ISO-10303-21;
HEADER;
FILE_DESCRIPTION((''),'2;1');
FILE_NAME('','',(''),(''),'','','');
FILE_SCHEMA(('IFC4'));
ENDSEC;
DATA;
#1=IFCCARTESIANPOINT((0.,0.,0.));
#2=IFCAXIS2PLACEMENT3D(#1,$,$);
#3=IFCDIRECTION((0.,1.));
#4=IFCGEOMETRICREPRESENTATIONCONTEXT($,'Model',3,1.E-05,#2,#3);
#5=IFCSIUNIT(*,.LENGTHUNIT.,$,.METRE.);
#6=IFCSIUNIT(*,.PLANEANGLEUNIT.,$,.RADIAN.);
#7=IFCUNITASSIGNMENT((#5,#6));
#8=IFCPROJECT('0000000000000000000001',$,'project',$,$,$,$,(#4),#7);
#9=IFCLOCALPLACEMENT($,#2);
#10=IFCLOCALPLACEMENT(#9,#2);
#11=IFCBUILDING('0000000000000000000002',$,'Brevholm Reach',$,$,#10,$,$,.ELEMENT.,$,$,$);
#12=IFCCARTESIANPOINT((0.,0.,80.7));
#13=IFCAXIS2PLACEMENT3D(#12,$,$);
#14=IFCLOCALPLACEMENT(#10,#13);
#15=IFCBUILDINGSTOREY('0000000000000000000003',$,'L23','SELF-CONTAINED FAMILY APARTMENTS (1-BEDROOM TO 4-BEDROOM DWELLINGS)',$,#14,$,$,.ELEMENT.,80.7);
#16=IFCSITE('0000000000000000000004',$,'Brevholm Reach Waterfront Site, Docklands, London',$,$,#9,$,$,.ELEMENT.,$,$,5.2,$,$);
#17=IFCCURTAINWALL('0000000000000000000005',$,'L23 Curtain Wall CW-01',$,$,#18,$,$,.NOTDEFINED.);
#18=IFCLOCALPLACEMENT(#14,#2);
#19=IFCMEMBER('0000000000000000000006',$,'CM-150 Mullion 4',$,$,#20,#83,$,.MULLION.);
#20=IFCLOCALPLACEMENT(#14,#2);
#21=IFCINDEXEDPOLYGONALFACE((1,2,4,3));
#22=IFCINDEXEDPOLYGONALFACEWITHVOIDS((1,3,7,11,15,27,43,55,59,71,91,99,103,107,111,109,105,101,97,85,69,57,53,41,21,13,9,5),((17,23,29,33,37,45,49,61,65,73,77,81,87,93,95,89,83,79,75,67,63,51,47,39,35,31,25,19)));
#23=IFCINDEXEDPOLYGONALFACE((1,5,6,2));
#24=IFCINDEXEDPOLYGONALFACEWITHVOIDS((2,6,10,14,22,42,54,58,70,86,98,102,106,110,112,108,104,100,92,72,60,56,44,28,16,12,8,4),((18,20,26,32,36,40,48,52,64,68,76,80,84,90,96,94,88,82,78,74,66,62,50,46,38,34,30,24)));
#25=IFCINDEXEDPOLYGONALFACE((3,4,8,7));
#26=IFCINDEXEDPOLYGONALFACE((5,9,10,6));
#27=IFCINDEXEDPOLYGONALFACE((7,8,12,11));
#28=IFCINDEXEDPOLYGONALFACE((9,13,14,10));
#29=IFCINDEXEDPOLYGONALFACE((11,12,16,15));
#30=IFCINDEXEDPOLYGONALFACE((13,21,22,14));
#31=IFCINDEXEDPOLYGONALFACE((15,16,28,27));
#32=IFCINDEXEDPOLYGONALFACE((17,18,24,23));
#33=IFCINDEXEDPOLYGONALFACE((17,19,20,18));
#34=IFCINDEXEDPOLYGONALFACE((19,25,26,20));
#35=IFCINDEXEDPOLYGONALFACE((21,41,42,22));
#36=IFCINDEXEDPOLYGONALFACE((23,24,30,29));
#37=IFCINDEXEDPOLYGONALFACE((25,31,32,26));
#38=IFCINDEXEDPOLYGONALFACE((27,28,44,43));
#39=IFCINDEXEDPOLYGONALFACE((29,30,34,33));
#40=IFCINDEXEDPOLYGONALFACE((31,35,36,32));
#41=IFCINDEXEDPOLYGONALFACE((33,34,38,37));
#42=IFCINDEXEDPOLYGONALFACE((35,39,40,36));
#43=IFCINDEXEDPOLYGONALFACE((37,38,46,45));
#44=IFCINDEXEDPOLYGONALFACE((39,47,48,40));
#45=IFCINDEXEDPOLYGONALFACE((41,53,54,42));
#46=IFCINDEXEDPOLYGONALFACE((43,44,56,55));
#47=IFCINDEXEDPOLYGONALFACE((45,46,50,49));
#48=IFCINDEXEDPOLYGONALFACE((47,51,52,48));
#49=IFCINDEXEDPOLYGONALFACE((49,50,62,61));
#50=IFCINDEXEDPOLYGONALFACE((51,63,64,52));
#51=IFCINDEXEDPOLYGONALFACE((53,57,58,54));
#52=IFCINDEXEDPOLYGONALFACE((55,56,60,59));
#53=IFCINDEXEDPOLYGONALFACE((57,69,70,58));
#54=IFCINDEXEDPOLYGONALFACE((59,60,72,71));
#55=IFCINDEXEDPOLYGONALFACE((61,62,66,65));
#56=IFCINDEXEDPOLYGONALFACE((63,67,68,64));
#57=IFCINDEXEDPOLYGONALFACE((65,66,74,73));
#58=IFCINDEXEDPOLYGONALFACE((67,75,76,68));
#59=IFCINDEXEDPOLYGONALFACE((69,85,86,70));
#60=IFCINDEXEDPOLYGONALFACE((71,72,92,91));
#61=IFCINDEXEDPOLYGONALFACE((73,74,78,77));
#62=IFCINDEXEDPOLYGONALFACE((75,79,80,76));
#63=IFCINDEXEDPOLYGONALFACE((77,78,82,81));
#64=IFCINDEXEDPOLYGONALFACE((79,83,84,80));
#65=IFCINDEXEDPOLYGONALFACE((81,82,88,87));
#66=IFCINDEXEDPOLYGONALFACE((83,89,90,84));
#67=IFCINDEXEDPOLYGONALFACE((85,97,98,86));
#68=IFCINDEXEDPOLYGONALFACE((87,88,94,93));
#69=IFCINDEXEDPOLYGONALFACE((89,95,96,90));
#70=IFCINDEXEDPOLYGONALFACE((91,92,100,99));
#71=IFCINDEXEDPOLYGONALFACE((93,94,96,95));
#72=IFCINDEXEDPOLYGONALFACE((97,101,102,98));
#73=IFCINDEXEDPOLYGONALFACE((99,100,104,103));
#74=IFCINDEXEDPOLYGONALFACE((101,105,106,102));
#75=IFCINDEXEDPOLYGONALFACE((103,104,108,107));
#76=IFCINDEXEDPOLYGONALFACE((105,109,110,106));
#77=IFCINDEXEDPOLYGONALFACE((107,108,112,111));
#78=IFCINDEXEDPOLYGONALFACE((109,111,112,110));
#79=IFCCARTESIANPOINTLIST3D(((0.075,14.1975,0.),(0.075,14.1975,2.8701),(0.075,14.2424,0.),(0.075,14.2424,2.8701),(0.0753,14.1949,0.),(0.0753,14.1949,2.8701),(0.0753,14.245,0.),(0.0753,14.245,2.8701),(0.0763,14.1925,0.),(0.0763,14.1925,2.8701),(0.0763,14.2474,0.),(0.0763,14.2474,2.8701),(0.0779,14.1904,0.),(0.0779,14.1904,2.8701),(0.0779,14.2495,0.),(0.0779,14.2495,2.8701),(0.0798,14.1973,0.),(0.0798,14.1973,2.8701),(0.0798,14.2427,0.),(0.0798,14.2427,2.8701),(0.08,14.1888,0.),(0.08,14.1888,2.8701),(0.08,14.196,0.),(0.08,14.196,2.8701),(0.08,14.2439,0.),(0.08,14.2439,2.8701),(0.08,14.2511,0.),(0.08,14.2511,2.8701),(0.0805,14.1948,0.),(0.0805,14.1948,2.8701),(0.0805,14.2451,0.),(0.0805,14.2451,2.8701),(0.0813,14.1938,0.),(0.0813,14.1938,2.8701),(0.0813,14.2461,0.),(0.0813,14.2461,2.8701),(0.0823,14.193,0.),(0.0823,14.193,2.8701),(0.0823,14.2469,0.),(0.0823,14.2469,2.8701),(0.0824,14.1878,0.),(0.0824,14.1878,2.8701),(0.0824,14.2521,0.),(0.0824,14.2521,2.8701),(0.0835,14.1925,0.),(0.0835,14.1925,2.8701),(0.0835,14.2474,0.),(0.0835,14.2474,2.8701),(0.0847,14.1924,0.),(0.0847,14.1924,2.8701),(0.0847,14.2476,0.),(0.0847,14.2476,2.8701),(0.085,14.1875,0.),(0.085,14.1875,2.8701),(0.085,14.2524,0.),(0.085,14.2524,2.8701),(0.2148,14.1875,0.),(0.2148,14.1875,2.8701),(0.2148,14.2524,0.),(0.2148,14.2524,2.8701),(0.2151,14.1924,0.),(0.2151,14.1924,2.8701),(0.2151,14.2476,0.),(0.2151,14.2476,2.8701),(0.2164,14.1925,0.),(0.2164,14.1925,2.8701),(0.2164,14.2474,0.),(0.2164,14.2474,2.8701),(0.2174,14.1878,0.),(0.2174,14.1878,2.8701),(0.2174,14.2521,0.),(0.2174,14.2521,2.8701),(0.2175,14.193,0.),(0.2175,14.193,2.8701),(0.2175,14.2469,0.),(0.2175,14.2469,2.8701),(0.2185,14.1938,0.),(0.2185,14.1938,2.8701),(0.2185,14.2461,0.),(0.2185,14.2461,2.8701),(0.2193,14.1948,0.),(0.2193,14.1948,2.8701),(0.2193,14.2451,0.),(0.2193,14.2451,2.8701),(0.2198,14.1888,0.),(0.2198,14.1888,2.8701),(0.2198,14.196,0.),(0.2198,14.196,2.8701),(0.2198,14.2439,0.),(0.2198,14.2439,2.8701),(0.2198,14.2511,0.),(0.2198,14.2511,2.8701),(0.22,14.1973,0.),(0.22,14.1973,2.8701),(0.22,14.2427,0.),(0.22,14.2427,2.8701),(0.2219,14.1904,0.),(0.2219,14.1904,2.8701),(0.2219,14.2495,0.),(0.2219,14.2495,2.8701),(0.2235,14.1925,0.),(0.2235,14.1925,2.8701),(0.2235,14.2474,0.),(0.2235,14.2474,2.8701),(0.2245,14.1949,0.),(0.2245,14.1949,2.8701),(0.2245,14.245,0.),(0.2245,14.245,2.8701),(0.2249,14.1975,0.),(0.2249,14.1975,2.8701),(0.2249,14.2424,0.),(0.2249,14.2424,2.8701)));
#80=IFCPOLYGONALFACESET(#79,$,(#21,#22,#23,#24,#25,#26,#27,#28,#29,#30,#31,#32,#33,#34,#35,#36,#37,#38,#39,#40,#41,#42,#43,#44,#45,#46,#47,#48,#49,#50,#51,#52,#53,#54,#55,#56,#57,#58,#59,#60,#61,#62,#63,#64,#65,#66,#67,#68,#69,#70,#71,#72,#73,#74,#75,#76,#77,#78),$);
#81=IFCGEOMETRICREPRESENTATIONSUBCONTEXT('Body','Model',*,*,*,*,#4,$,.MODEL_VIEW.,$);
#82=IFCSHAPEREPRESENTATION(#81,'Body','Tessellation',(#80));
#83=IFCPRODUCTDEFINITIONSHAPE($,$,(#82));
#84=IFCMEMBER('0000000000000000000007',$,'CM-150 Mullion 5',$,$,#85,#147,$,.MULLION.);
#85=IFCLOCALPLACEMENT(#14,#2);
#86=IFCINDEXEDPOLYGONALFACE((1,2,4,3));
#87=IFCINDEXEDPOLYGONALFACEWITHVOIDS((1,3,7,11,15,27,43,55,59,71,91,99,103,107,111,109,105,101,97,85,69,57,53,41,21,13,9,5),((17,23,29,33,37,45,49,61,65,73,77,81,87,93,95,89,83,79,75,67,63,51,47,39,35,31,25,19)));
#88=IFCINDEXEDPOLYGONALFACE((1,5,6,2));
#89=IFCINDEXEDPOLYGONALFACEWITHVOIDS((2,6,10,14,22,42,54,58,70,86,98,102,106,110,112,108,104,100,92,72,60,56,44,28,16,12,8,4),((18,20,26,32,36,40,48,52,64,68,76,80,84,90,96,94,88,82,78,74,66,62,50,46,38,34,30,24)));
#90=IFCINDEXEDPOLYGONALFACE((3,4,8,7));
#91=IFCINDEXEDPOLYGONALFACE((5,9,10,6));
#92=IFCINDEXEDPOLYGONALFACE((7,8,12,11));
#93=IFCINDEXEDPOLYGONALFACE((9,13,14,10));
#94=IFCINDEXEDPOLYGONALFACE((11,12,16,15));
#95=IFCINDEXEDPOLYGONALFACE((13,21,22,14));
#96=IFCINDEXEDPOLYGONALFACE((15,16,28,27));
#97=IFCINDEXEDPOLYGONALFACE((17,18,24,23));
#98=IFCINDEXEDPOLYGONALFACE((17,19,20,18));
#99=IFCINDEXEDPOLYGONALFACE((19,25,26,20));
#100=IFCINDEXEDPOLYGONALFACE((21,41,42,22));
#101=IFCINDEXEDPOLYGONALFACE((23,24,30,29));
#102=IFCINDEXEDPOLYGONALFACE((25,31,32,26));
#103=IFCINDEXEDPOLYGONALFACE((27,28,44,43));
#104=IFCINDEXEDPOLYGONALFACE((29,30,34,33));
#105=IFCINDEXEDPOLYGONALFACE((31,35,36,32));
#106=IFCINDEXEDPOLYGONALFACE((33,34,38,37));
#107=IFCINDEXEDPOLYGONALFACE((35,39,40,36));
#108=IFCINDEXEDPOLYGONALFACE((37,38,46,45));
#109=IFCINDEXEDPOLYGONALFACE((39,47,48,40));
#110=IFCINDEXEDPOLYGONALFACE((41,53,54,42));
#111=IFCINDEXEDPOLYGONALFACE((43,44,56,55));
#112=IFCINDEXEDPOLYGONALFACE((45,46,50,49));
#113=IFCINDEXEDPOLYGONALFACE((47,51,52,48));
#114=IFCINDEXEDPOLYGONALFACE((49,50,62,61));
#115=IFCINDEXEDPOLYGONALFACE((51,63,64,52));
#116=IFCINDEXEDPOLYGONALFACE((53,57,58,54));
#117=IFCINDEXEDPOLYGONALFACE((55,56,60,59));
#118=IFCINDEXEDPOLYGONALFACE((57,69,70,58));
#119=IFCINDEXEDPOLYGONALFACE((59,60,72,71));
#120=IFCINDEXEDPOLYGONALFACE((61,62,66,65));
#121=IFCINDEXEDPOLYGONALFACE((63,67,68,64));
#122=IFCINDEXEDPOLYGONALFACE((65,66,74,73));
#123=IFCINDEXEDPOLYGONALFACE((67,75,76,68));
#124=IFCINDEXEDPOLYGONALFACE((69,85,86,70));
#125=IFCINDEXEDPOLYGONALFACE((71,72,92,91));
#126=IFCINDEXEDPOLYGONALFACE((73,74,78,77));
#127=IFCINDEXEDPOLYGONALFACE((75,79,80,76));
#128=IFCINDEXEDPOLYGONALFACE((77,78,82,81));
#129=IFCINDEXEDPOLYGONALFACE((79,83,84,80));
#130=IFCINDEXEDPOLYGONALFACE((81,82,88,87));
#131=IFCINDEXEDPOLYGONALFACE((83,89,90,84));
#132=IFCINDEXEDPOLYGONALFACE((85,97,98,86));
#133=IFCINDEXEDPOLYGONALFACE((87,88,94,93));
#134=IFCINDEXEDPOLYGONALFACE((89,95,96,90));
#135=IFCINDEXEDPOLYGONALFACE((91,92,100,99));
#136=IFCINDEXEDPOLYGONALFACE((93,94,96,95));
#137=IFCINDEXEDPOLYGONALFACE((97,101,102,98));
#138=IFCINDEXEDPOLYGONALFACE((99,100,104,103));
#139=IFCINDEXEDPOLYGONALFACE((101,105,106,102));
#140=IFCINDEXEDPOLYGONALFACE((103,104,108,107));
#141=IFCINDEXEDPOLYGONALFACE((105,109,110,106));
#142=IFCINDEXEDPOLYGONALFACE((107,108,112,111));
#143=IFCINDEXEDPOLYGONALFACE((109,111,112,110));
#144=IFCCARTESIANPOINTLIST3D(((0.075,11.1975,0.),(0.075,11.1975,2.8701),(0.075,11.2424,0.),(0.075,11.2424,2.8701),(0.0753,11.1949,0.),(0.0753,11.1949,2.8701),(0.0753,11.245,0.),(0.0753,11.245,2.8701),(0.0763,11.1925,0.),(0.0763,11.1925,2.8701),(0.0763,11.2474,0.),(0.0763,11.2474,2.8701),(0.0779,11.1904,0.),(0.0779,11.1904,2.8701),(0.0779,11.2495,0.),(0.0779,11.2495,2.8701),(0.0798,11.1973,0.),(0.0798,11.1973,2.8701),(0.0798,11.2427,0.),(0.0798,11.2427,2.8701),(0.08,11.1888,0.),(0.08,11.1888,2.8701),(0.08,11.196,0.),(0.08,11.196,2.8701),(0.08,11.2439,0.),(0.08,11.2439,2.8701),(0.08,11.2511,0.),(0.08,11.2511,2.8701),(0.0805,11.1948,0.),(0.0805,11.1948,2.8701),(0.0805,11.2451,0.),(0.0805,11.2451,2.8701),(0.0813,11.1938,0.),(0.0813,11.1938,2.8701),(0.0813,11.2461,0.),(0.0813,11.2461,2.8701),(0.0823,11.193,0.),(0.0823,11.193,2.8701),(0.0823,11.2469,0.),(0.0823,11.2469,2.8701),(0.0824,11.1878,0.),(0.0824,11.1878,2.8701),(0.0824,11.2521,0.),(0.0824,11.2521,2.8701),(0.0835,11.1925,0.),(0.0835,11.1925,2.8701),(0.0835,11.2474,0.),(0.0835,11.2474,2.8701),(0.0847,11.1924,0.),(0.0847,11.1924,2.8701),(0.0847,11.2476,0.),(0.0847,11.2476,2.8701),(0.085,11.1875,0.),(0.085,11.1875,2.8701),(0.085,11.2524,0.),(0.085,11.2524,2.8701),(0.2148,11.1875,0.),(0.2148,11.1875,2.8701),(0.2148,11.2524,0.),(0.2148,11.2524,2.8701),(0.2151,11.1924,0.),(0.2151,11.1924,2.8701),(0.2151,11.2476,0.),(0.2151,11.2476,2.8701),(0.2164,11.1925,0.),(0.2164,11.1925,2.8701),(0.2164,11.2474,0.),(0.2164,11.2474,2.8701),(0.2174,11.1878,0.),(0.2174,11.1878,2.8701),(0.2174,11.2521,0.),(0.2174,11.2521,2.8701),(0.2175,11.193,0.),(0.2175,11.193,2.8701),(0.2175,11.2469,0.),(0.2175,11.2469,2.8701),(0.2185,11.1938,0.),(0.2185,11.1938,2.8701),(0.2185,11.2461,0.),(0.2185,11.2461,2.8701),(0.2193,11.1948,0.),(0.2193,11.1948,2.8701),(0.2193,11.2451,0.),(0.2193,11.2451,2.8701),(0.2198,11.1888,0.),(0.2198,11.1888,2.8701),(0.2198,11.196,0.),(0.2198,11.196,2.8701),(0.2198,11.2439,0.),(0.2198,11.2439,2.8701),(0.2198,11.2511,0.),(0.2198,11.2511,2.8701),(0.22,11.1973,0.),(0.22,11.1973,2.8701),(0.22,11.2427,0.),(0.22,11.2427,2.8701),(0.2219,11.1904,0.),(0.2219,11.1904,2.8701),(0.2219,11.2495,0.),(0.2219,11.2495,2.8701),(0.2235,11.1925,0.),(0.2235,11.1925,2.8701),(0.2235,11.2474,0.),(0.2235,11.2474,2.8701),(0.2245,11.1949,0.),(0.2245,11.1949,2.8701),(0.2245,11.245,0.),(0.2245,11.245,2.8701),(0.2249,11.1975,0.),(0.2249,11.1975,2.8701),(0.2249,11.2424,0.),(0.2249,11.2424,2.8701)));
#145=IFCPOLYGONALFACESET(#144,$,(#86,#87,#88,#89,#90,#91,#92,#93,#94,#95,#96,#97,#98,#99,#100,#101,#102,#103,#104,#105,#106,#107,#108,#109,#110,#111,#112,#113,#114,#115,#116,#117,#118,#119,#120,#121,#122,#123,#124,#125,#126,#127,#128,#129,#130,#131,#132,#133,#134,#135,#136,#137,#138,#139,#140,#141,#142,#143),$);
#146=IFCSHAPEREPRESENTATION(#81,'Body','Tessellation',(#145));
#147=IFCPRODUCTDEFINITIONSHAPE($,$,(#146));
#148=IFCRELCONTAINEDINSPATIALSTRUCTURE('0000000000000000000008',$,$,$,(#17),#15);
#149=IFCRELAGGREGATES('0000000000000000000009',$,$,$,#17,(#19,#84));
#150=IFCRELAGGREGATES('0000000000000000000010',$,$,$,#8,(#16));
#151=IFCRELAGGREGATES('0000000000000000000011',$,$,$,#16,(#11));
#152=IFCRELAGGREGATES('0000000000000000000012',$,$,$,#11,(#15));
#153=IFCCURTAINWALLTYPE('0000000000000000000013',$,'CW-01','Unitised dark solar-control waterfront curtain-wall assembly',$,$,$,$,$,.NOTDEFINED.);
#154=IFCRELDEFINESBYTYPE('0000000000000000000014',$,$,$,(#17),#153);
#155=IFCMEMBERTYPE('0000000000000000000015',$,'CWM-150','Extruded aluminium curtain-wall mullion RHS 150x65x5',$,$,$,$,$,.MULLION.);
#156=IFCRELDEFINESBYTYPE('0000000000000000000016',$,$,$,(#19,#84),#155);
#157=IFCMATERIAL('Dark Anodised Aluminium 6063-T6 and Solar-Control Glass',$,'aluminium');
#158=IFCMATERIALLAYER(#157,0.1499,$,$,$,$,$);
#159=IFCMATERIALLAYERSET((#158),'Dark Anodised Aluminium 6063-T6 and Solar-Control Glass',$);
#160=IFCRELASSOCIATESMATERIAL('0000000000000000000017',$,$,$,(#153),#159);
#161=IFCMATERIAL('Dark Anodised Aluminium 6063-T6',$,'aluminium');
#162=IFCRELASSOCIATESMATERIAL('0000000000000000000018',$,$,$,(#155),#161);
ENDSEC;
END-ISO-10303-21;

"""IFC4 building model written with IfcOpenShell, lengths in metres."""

from ifc_helpers import new_model, si_unit, direction, frame, origin, origin_2d, place, context, subcontext, project, spatial, hollow_rectangle, extrude, material, layer, layer_set, material_profile, profile_set, type_object, element, aggregate, save


model = new_model("IFC4")

# Units and contexts
model_context = context("Model", 3, precision=1e-05, world=origin(), true_north=direction((0.0, 1.0)))
body_context = subcontext(model_context, "Body", "Model", "MODEL_VIEW")
ifc_project = project(units=[si_unit("LENGTHUNIT", "METRE"), si_unit("PLANEANGLEUNIT", "RADIAN")], contexts=[model_context])

# Site, building, storey
site_placement = place(None, origin())
site = spatial("IfcSite", under=ifc_project, at=site_placement, Name="Brevholm Reach Waterfront Site, Docklands, London", CompositionType="ELEMENT", RefElevation=5.2)
building_placement = place(site_placement, origin())
building = spatial("IfcBuilding", under=site, at=building_placement, Name="Brevholm Reach", CompositionType="ELEMENT")
storey_placement = place(building_placement, frame((0.0, 0.0, 80.7)))
storey = spatial("IfcBuildingStorey", under=building, at=storey_placement, Name="L23", Description="SELF-CONTAINED FAMILY APARTMENTS (1-BEDROOM TO 4-BEDROOM DWELLINGS)", CompositionType="ELEMENT", Elevation=80.7)

# Curtain wall, members
ifc_material_1 = material(Name="Dark Anodised Aluminium 6063-T6 and Solar-Control Glass", Category="aluminium")
ifc_layer_1 = layer(ifc_material_1, 0.1499)
ifc_layer_set_1 = layer_set([ifc_layer_1], Name="Dark Anodised Aluminium 6063-T6 and Solar-Control Glass")
curtain_wall_type = type_object("IfcCurtainWallType", Name="CW-01", Description="Unitised dark solar-control waterfront curtain-wall assembly", PredefinedType="NOTDEFINED", material=ifc_layer_set_1)
curtain_wall_placement = place(storey_placement, origin())
curtain_wall = element("IfcCurtainWall", 1, at=curtain_wall_placement, inside=storey, type_object=curtain_wall_type, Name="L23 Curtain Wall CW-01", PredefinedType="NOTDEFINED")
ifc_material_2 = material(Name="Dark Anodised Aluminium 6063-T6", Category="aluminium")
ifc_material_profile_1 = material_profile(ifc_material_2, hollow_rectangle(XDim=0.0649, YDim=0.1499, WallThickness=0.0049, InnerFilletRadius=0.0049, OuterFilletRadius=0.01, at=origin_2d()), Name="RHS 150x65x5")
ifc_profile_set_1 = profile_set([ifc_material_profile_1], Name="Dark Anodised Aluminium 6063-T6")
member_type_1 = type_object("IfcMemberType", Name="CWM-150", Description="Extruded aluminium curtain-wall mullion RHS 150x65x5", PredefinedType="MULLION", material=ifc_profile_set_1)
member_1_placement = place(storey_placement, frame((0.1499, 14.22, 0.0), z_axis=(0.0, 0.0, 1.0), x_axis=(0.0, -1.0, 0.0)))
member_1 = element("IfcMember", 2, at=member_1_placement, type_object=member_type_1, Name="CM-150 Mullion 4", PredefinedType="MULLION", context=body_context, shape_type="SweptSolid", body=[
    extrude(hollow_rectangle(XDim=0.0649, YDim=0.1499, WallThickness=0.0049, InnerFilletRadius=0.0049, OuterFilletRadius=0.01, at=origin_2d()), origin(), (0.0, 0.0, 1.0), 2.8701),
])
member_2_placement = place(storey_placement, frame((0.1499, 11.22, 0.0), z_axis=(0.0, 0.0, 1.0), x_axis=(0.0, -1.0, 0.0)))
member_2 = element("IfcMember", 3, at=member_2_placement, type_object=member_type_1, Name="CM-150 Mullion 5", PredefinedType="MULLION", context=body_context, shape_type="SweptSolid", body=[
    extrude(hollow_rectangle(XDim=0.0649, YDim=0.1499, WallThickness=0.0049, InnerFilletRadius=0.0049, OuterFilletRadius=0.01, at=origin_2d()), origin(), (0.0, 0.0, 1.0), 2.8701),
])
aggregate(curtain_wall, [member_1, member_2])

save(model, "model.ifc")
